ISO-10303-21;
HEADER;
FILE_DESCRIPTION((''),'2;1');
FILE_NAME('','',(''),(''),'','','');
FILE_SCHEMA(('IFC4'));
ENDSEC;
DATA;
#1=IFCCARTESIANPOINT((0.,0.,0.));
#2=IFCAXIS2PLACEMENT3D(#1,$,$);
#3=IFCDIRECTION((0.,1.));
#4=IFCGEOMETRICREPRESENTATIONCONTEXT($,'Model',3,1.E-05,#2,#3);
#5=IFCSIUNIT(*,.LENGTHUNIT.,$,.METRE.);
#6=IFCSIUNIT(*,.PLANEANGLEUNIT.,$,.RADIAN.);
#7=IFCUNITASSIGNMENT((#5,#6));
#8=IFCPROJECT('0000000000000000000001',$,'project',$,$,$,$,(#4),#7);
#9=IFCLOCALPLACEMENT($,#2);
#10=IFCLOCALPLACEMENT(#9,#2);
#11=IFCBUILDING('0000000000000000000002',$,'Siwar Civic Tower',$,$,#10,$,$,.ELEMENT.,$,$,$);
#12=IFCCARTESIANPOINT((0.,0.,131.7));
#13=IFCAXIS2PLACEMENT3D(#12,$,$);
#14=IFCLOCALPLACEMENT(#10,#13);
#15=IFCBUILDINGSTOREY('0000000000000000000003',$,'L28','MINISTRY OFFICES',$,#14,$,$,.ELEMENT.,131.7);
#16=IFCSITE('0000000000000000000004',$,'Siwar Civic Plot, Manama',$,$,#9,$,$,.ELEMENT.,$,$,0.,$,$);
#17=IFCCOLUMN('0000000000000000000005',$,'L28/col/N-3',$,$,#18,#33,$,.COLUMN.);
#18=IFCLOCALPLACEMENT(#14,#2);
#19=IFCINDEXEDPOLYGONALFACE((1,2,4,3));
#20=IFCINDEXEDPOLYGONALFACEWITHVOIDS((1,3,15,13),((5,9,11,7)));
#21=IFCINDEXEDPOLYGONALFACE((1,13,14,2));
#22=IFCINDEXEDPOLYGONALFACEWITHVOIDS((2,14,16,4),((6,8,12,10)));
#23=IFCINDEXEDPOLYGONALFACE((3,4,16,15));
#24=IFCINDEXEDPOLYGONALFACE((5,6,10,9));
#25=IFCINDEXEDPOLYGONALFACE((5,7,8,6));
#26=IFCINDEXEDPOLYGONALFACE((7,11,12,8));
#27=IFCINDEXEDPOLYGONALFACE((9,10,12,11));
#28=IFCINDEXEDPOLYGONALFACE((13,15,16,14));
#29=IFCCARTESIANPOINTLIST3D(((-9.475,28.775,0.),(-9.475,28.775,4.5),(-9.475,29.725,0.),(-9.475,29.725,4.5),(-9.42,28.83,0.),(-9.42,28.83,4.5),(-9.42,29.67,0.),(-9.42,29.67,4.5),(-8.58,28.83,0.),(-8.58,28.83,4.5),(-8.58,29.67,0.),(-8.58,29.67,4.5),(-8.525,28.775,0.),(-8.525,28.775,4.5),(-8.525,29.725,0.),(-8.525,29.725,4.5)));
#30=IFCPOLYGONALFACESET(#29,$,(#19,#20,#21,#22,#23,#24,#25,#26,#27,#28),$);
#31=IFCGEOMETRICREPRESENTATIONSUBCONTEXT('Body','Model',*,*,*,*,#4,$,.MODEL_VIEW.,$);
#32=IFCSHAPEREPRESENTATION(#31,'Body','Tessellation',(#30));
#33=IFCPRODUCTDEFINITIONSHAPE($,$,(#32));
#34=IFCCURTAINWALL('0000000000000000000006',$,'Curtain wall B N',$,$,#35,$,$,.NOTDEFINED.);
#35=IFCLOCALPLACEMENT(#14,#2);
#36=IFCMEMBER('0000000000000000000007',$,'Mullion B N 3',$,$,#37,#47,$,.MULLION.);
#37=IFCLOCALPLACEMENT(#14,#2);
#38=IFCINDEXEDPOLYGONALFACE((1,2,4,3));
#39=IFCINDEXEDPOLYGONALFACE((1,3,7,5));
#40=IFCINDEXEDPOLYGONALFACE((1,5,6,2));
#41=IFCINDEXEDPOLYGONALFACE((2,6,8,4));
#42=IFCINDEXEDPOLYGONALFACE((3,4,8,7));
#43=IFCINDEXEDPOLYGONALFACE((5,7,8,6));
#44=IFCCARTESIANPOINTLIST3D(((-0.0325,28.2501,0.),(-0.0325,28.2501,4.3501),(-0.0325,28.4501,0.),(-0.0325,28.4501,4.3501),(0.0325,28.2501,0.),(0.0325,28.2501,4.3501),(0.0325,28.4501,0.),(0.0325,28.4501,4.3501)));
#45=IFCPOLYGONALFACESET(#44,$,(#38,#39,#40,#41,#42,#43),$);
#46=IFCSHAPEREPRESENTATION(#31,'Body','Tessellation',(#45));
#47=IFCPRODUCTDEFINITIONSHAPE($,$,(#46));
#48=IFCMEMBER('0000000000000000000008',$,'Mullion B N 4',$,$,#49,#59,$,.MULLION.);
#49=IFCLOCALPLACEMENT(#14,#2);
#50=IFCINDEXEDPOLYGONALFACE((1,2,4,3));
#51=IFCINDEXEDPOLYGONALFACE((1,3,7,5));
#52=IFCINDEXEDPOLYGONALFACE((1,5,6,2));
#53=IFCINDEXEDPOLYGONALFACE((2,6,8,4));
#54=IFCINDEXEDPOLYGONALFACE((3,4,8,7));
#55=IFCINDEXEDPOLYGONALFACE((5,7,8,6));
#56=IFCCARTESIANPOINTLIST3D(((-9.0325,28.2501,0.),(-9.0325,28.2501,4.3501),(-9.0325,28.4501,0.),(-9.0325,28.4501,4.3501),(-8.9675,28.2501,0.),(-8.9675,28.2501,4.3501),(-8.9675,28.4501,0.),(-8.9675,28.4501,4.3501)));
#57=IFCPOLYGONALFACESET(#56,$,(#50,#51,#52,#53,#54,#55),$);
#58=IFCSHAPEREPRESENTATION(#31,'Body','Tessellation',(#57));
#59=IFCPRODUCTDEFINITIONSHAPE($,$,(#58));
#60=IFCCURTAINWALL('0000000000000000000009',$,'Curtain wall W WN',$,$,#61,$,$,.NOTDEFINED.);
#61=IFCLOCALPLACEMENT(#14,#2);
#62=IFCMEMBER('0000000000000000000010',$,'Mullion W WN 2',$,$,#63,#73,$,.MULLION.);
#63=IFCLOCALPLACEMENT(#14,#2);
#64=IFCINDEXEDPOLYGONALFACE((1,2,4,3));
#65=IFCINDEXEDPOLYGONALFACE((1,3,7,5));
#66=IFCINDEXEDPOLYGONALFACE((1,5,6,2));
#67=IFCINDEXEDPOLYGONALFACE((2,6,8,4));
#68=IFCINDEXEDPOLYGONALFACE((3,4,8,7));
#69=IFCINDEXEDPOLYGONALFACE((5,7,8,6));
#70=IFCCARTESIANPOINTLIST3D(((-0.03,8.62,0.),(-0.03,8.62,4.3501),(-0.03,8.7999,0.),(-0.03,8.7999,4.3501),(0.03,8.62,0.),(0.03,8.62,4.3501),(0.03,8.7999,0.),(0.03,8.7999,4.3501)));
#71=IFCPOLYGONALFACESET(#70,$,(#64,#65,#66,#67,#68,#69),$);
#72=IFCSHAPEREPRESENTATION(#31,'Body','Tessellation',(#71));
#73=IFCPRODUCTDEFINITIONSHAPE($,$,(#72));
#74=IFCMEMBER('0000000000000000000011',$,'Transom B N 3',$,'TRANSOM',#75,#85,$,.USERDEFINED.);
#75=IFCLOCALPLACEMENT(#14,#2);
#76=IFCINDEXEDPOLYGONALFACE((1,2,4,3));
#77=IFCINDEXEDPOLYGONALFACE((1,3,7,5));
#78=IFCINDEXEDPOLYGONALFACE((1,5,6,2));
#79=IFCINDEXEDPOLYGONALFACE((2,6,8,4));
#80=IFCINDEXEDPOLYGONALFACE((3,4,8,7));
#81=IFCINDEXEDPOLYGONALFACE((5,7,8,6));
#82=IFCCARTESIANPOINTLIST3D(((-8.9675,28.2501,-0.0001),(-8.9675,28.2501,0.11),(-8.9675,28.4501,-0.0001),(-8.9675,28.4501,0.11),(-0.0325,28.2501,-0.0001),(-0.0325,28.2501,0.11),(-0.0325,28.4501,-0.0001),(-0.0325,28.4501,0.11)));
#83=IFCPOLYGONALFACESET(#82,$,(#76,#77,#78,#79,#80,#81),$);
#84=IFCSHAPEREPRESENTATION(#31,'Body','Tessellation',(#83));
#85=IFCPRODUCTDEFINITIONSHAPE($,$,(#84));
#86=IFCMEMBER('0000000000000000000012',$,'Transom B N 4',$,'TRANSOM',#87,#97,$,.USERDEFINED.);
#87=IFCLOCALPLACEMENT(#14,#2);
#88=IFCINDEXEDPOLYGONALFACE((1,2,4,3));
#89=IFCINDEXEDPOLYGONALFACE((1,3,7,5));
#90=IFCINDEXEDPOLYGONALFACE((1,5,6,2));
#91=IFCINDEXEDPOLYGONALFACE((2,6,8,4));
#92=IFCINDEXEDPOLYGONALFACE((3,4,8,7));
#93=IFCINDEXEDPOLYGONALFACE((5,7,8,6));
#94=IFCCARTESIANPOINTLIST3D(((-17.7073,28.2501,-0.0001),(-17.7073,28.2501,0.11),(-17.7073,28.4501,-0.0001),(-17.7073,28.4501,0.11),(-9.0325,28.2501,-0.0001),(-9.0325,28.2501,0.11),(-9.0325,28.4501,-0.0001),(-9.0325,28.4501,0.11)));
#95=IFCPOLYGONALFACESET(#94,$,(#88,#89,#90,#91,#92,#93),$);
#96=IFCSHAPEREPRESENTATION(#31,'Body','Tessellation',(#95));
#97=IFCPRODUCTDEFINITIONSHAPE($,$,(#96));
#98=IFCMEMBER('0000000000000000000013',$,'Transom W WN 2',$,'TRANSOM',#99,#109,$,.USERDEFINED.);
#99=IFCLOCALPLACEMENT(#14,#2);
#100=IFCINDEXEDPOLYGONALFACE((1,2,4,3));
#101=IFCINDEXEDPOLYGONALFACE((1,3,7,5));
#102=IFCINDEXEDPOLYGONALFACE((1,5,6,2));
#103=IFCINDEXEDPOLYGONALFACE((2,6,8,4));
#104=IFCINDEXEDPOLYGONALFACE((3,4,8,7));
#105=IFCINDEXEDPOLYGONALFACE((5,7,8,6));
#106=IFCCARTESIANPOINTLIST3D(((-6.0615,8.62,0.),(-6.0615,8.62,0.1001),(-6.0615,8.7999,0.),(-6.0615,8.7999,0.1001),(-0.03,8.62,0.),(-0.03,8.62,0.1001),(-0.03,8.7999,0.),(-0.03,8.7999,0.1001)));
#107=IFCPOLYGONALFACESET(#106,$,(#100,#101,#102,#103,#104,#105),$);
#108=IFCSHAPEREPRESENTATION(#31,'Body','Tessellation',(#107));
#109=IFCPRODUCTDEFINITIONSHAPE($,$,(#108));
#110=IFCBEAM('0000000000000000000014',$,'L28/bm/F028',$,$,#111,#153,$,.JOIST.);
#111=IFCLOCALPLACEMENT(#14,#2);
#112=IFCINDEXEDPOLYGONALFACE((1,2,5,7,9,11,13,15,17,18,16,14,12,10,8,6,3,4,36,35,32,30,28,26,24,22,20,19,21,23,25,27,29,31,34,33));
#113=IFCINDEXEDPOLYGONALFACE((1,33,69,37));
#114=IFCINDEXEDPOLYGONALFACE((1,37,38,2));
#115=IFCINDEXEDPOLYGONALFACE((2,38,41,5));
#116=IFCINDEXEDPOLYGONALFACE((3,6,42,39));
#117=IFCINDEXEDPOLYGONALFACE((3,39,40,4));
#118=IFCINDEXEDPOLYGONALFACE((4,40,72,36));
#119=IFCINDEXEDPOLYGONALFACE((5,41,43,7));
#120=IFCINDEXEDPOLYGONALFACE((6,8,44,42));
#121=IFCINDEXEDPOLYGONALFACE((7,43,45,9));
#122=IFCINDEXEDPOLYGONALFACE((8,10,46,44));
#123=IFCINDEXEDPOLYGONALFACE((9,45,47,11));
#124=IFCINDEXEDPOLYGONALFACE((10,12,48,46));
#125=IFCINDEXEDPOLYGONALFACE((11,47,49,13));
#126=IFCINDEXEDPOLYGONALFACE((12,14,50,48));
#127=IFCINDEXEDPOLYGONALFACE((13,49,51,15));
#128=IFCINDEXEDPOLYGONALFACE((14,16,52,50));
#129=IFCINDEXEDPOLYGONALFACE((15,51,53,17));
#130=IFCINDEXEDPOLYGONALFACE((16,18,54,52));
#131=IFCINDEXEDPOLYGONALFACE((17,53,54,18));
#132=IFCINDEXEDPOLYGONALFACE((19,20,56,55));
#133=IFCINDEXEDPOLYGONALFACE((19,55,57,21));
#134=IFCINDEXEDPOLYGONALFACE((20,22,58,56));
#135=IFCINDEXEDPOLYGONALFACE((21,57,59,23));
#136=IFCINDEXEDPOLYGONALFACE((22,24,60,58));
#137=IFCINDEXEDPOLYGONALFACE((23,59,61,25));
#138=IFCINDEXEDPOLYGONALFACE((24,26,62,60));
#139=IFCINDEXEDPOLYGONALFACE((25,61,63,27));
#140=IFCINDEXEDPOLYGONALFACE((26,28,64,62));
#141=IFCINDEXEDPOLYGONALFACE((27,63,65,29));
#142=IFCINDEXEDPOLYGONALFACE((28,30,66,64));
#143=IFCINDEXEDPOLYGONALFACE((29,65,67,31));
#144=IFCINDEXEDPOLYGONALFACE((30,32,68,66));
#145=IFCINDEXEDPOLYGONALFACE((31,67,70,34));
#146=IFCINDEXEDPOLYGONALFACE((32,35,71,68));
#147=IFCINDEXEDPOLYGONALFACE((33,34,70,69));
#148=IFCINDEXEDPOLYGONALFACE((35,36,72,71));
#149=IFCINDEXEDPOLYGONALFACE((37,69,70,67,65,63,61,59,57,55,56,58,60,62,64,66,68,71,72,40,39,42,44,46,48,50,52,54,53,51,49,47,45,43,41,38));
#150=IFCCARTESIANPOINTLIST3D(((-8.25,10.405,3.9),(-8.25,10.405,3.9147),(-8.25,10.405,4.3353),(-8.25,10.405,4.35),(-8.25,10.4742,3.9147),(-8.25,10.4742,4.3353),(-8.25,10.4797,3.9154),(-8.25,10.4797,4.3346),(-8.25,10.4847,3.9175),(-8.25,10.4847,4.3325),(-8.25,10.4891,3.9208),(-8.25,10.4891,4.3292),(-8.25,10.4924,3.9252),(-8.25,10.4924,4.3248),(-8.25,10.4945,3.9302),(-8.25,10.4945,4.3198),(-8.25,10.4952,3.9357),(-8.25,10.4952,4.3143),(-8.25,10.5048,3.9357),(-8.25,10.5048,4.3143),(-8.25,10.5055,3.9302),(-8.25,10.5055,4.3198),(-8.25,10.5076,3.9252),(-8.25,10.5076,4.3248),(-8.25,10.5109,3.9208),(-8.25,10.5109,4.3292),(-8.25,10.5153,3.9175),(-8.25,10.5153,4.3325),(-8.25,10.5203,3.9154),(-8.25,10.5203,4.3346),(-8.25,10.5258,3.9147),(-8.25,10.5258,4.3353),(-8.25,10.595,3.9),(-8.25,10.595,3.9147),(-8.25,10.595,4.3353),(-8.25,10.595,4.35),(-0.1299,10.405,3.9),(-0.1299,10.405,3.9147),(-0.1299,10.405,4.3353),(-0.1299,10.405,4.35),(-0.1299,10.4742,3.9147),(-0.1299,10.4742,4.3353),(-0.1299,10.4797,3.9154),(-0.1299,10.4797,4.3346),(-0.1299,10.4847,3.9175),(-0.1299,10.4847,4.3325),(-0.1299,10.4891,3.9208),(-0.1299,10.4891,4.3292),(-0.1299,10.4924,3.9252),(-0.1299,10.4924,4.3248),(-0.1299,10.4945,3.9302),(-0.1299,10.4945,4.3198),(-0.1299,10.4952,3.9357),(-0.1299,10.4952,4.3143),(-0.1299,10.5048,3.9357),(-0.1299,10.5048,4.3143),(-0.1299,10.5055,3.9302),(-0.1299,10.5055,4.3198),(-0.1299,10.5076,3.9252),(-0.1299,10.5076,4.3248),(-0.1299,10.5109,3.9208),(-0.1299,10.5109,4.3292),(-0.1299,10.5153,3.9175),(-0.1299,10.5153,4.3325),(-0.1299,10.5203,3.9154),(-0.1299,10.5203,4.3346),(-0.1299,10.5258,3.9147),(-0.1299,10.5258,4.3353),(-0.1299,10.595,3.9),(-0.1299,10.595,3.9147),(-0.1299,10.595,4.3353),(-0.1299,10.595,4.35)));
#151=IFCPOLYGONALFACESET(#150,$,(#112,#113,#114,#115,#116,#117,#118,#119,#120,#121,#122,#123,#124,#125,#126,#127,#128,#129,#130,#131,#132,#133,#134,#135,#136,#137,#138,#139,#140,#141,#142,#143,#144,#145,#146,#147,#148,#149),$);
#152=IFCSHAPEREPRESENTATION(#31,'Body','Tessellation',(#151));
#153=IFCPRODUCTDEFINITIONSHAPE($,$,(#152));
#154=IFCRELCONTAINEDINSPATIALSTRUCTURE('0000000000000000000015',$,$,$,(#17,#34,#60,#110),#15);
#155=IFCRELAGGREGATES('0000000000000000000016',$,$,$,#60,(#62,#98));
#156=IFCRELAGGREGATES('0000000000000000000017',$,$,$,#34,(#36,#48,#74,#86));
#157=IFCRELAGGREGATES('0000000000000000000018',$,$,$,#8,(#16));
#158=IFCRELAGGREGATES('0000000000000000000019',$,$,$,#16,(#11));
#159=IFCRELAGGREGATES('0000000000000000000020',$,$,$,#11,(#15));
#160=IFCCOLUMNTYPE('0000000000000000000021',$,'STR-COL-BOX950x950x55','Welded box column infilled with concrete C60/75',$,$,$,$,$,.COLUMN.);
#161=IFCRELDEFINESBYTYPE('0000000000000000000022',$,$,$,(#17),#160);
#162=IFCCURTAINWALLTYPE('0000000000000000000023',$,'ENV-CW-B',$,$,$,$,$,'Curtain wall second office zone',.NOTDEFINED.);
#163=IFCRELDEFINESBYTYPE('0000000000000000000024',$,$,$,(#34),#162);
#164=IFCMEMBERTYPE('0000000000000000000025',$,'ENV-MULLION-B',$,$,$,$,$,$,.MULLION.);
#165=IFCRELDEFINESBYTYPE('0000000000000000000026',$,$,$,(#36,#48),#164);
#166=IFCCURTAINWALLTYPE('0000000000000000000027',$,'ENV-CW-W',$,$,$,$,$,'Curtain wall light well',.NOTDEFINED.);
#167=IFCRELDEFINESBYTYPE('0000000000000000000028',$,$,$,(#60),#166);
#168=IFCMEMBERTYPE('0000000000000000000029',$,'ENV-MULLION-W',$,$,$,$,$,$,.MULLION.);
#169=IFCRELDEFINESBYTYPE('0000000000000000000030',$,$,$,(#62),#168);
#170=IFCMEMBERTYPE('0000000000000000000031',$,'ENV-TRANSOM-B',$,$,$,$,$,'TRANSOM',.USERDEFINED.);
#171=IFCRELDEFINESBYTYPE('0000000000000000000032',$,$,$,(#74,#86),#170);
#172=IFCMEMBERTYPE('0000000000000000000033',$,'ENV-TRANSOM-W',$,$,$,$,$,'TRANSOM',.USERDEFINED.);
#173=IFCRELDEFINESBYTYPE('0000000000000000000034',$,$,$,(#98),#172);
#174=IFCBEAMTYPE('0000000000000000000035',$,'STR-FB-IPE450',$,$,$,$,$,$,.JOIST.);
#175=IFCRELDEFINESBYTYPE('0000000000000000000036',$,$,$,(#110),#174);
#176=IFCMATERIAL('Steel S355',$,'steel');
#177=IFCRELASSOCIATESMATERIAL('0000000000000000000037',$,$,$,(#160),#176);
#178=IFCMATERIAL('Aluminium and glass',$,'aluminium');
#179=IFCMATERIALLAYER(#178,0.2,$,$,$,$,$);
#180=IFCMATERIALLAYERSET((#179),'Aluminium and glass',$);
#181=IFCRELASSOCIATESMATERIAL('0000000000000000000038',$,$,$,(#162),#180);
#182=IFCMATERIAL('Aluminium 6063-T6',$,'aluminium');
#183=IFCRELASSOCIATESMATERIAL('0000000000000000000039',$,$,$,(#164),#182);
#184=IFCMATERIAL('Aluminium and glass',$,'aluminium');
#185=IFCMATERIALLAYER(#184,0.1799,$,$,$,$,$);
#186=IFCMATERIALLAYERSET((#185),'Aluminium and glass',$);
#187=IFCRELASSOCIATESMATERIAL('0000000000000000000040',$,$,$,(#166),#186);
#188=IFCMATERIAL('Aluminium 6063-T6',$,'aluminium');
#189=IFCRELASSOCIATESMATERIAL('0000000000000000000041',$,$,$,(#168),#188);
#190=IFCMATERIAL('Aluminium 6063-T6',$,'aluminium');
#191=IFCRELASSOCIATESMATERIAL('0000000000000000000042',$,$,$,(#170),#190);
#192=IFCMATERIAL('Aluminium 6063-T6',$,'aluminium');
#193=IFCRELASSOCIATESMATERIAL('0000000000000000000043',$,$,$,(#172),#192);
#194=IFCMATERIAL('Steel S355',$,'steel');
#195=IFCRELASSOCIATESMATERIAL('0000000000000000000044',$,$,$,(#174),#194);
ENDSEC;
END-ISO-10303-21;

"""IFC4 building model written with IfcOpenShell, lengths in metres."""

from ifc_helpers import new_model, si_unit, direction, frame, origin, origin_2d, place, context, subcontext, project, spatial, rectangle, hollow_rectangle, i_section, extrude, material, layer, layer_set, material_profile, profile_set, type_object, element, aggregate, save


model = new_model("IFC4")

# Units and contexts
model_context = context("Model", 3, precision=1e-05, world=origin(), true_north=direction((0.0, 1.0)))
body_context = subcontext(model_context, "Body", "Model", "MODEL_VIEW")
ifc_project = project(units=[si_unit("LENGTHUNIT", "METRE"), si_unit("PLANEANGLEUNIT", "RADIAN")], contexts=[model_context])

# Site, building, storey
site_placement = place(None, origin())
site = spatial("IfcSite", under=ifc_project, at=site_placement, Name="Siwar Civic Plot, Manama", CompositionType="ELEMENT", RefElevation=0.0)
building_placement = place(site_placement, origin())
building = spatial("IfcBuilding", under=site, at=building_placement, Name="Siwar Civic Tower", CompositionType="ELEMENT")
storey_placement = place(building_placement, frame((0.0, 0.0, 131.7)))
storey = spatial("IfcBuildingStorey", under=building, at=storey_placement, Name="L28", Description="MINISTRY OFFICES", CompositionType="ELEMENT", Elevation=131.7)

# Column
ifc_material_1 = material(Name="Steel S355", Category="steel")
ifc_material_profile_1 = material_profile(ifc_material_1, hollow_rectangle(XDim=0.95, YDim=0.95, WallThickness=0.0549, at=origin_2d()), Name="BOX950x950x55")
ifc_profile_set_1 = profile_set([ifc_material_profile_1], Name="Steel S355")
column_type = type_object("IfcColumnType", Name="STR-COL-BOX950x950x55", Description="Welded box column infilled with concrete C60/75", PredefinedType="COLUMN", material=ifc_profile_set_1)
column_placement = place(storey_placement, frame((-9.0, 29.25, 0.0), z_axis=(0.0, 0.0, 1.0), x_axis=(1.0, 0.0, 0.0)))
element("IfcColumn", 1, at=column_placement, inside=storey, type_object=column_type, Name="L28/col/N-3", PredefinedType="COLUMN", context=body_context, shape_type="SweptSolid", body=[
    extrude(hollow_rectangle(XDim=0.95, YDim=0.95, WallThickness=0.0549, at=origin_2d()), origin(), (0.0, 0.0, 1.0), 4.5),
])

# Curtain wall, members
ifc_material_2 = material(Name="Aluminium and glass", Category="aluminium")
ifc_layer_1 = layer(ifc_material_2, 0.2)
ifc_layer_set_1 = layer_set([ifc_layer_1], Name="Aluminium and glass")
curtain_wall_type_1 = type_object("IfcCurtainWallType", Name="ENV-CW-B", ElementType="Curtain wall second office zone", PredefinedType="NOTDEFINED", material=ifc_layer_set_1)
curtain_wall_1_placement = place(storey_placement, origin())
curtain_wall_1 = element("IfcCurtainWall", 2, at=curtain_wall_1_placement, inside=storey, type_object=curtain_wall_type_1, Name="Curtain wall B N", PredefinedType="NOTDEFINED")
ifc_material_3 = material(Name="Aluminium 6063-T6", Category="aluminium")
ifc_material_profile_2 = material_profile(ifc_material_3, rectangle(XDim=0.2, YDim=0.0649, at=origin_2d()), Name="AL 200x65")
ifc_profile_set_2 = profile_set([ifc_material_profile_2], Name="Aluminium 6063-T6")
member_type_1 = type_object("IfcMemberType", Name="ENV-MULLION-B", PredefinedType="MULLION", material=ifc_profile_set_2)
member_1_placement = place(storey_placement, frame((0.0, 28.3501, 0.0), z_axis=(0.0, 0.0, 1.0), x_axis=(0.0, -1.0, 0.0)))
member_1 = element("IfcMember", 3, at=member_1_placement, type_object=member_type_1, Name="Mullion B N 3", PredefinedType="MULLION", context=body_context, shape_type="SweptSolid", body=[
    extrude(rectangle(XDim=0.2, YDim=0.0649, at=origin_2d()), origin(), (0.0, 0.0, 1.0), 4.3501),
])
member_2_placement = place(storey_placement, frame((-9.0, 28.3501, 0.0), z_axis=(0.0, 0.0, 1.0), x_axis=(0.0, -1.0, 0.0)))
member_2 = element("IfcMember", 4, at=member_2_placement, type_object=member_type_1, Name="Mullion B N 4", PredefinedType="MULLION", context=body_context, shape_type="SweptSolid", body=[
    extrude(rectangle(XDim=0.2, YDim=0.0649, at=origin_2d()), origin(), (0.0, 0.0, 1.0), 4.3501),
])

# Curtain wall, member
ifc_material_4 = material(Name="Aluminium and glass", Category="aluminium")
ifc_layer_2 = layer(ifc_material_4, 0.1799)
ifc_layer_set_2 = layer_set([ifc_layer_2], Name="Aluminium and glass")
curtain_wall_type_2 = type_object("IfcCurtainWallType", Name="ENV-CW-W", ElementType="Curtain wall light well", PredefinedType="NOTDEFINED", material=ifc_layer_set_2)
curtain_wall_2_placement = place(storey_placement, origin())
curtain_wall_2 = element("IfcCurtainWall", 5, at=curtain_wall_2_placement, inside=storey, type_object=curtain_wall_type_2, Name="Curtain wall W WN", PredefinedType="NOTDEFINED")
ifc_material_5 = material(Name="Aluminium 6063-T6", Category="aluminium")
ifc_material_profile_3 = material_profile(ifc_material_5, rectangle(XDim=0.1799, YDim=0.0601, at=origin_2d()), Name="AL 180x60")
ifc_profile_set_3 = profile_set([ifc_material_profile_3], Name="Aluminium 6063-T6")
member_type_2 = type_object("IfcMemberType", Name="ENV-MULLION-W", PredefinedType="MULLION", material=ifc_profile_set_3)
member_3_placement = place(storey_placement, frame((0.0, 8.71, 0.0), z_axis=(0.0, 0.0, 1.0), x_axis=(0.0, -1.0, 0.0)))
member_3 = element("IfcMember", 6, at=member_3_placement, type_object=member_type_2, Name="Mullion W WN 2", PredefinedType="MULLION", context=body_context, shape_type="SweptSolid", body=[
    extrude(rectangle(XDim=0.1799, YDim=0.0601, at=origin_2d()), origin(), (0.0, 0.0, 1.0), 4.3501),
])

# Members
ifc_material_6 = material(Name="Aluminium 6063-T6", Category="aluminium")
ifc_material_profile_4 = material_profile(ifc_material_6, rectangle(XDim=0.2, YDim=0.1101, at=origin_2d()), Name="AL 200x110")
ifc_profile_set_4 = profile_set([ifc_material_profile_4], Name="Aluminium 6063-T6")
member_type_3 = type_object("IfcMemberType", Name="ENV-TRANSOM-B", ElementType="TRANSOM", PredefinedType="USERDEFINED", material=ifc_profile_set_4)
member_4_placement = place(storey_placement, frame((-0.0325, 28.3501, 0.0549), z_axis=(-1.0, 0.0, 0.0), x_axis=(0.0, -1.0, 0.0)))
member_4 = element("IfcMember", 7, at=member_4_placement, type_object=member_type_3, Name="Transom B N 3", ObjectType="TRANSOM", PredefinedType="USERDEFINED", context=body_context, shape_type="SweptSolid", body=[
    extrude(rectangle(XDim=0.2, YDim=0.1101, at=origin_2d()), origin(), (0.0, 0.0, 1.0), 8.9351),
])
member_5_placement = place(storey_placement, frame((-9.0325, 28.3501, 0.0549), z_axis=(-1.0, 0.0, 0.0), x_axis=(0.0, -1.0, 0.0)))
member_5 = element("IfcMember", 8, at=member_5_placement, type_object=member_type_3, Name="Transom B N 4", ObjectType="TRANSOM", PredefinedType="USERDEFINED", context=body_context, shape_type="SweptSolid", body=[
    extrude(rectangle(XDim=0.2, YDim=0.1101, at=origin_2d()), origin(), (0.0, 0.0, 1.0), 8.6748),
])
ifc_material_7 = material(Name="Aluminium 6063-T6", Category="aluminium")
ifc_material_profile_5 = material_profile(ifc_material_7, rectangle(XDim=0.1799, YDim=0.1001, at=origin_2d()), Name="AL 180x100")
ifc_profile_set_5 = profile_set([ifc_material_profile_5], Name="Aluminium 6063-T6")
member_type_4 = type_object("IfcMemberType", Name="ENV-TRANSOM-W", ElementType="TRANSOM", PredefinedType="USERDEFINED", material=ifc_profile_set_5)
member_6_placement = place(storey_placement, frame((-0.03, 8.71, 0.05), z_axis=(-1.0, 0.0, 0.0), x_axis=(0.0, -1.0, 0.0)))
member_6 = element("IfcMember", 9, at=member_6_placement, type_object=member_type_4, Name="Transom W WN 2", ObjectType="TRANSOM", PredefinedType="USERDEFINED", context=body_context, shape_type="SweptSolid", body=[
    extrude(rectangle(XDim=0.1799, YDim=0.1001, at=origin_2d()), origin(), (0.0, 0.0, 1.0), 6.0315),
])
aggregate(curtain_wall_2, [member_3, member_6])

# Beam
ifc_material_8 = material(Name="Steel S355", Category="steel")
ifc_material_profile_6 = material_profile(ifc_material_8, i_section(OverallWidth=0.1899, OverallDepth=0.45, WebThickness=0.0095, FlangeThickness=0.0146, FilletRadius=0.021, at=origin_2d()), Name="IPE450")
ifc_profile_set_6 = profile_set([ifc_material_profile_6], Name="Steel S355")
beam_type_1 = type_object("IfcBeamType", Name="STR-FB-IPE450", PredefinedType="JOIST", material=ifc_profile_set_6)
beam_1_placement = place(storey_placement, frame((-8.25, 10.5, 4.125), z_axis=(1.0, 0.0, 0.0), x_axis=(0.0, 1.0, 0.0)))
element("IfcBeam", 10, at=beam_1_placement, inside=storey, type_object=beam_type_1, Name="L28/bm/F028", PredefinedType="JOIST", context=body_context, shape_type="SweptSolid", body=[
    extrude(i_section(OverallWidth=0.1899, OverallDepth=0.45, WebThickness=0.0095, FlangeThickness=0.0146, FilletRadius=0.021, at=origin_2d()), origin(), (0.0, 0.0, 1.0), 8.1201),
])

aggregate(curtain_wall_1, [member_1, member_2, member_4, member_5])

save(model, "model.ifc")
